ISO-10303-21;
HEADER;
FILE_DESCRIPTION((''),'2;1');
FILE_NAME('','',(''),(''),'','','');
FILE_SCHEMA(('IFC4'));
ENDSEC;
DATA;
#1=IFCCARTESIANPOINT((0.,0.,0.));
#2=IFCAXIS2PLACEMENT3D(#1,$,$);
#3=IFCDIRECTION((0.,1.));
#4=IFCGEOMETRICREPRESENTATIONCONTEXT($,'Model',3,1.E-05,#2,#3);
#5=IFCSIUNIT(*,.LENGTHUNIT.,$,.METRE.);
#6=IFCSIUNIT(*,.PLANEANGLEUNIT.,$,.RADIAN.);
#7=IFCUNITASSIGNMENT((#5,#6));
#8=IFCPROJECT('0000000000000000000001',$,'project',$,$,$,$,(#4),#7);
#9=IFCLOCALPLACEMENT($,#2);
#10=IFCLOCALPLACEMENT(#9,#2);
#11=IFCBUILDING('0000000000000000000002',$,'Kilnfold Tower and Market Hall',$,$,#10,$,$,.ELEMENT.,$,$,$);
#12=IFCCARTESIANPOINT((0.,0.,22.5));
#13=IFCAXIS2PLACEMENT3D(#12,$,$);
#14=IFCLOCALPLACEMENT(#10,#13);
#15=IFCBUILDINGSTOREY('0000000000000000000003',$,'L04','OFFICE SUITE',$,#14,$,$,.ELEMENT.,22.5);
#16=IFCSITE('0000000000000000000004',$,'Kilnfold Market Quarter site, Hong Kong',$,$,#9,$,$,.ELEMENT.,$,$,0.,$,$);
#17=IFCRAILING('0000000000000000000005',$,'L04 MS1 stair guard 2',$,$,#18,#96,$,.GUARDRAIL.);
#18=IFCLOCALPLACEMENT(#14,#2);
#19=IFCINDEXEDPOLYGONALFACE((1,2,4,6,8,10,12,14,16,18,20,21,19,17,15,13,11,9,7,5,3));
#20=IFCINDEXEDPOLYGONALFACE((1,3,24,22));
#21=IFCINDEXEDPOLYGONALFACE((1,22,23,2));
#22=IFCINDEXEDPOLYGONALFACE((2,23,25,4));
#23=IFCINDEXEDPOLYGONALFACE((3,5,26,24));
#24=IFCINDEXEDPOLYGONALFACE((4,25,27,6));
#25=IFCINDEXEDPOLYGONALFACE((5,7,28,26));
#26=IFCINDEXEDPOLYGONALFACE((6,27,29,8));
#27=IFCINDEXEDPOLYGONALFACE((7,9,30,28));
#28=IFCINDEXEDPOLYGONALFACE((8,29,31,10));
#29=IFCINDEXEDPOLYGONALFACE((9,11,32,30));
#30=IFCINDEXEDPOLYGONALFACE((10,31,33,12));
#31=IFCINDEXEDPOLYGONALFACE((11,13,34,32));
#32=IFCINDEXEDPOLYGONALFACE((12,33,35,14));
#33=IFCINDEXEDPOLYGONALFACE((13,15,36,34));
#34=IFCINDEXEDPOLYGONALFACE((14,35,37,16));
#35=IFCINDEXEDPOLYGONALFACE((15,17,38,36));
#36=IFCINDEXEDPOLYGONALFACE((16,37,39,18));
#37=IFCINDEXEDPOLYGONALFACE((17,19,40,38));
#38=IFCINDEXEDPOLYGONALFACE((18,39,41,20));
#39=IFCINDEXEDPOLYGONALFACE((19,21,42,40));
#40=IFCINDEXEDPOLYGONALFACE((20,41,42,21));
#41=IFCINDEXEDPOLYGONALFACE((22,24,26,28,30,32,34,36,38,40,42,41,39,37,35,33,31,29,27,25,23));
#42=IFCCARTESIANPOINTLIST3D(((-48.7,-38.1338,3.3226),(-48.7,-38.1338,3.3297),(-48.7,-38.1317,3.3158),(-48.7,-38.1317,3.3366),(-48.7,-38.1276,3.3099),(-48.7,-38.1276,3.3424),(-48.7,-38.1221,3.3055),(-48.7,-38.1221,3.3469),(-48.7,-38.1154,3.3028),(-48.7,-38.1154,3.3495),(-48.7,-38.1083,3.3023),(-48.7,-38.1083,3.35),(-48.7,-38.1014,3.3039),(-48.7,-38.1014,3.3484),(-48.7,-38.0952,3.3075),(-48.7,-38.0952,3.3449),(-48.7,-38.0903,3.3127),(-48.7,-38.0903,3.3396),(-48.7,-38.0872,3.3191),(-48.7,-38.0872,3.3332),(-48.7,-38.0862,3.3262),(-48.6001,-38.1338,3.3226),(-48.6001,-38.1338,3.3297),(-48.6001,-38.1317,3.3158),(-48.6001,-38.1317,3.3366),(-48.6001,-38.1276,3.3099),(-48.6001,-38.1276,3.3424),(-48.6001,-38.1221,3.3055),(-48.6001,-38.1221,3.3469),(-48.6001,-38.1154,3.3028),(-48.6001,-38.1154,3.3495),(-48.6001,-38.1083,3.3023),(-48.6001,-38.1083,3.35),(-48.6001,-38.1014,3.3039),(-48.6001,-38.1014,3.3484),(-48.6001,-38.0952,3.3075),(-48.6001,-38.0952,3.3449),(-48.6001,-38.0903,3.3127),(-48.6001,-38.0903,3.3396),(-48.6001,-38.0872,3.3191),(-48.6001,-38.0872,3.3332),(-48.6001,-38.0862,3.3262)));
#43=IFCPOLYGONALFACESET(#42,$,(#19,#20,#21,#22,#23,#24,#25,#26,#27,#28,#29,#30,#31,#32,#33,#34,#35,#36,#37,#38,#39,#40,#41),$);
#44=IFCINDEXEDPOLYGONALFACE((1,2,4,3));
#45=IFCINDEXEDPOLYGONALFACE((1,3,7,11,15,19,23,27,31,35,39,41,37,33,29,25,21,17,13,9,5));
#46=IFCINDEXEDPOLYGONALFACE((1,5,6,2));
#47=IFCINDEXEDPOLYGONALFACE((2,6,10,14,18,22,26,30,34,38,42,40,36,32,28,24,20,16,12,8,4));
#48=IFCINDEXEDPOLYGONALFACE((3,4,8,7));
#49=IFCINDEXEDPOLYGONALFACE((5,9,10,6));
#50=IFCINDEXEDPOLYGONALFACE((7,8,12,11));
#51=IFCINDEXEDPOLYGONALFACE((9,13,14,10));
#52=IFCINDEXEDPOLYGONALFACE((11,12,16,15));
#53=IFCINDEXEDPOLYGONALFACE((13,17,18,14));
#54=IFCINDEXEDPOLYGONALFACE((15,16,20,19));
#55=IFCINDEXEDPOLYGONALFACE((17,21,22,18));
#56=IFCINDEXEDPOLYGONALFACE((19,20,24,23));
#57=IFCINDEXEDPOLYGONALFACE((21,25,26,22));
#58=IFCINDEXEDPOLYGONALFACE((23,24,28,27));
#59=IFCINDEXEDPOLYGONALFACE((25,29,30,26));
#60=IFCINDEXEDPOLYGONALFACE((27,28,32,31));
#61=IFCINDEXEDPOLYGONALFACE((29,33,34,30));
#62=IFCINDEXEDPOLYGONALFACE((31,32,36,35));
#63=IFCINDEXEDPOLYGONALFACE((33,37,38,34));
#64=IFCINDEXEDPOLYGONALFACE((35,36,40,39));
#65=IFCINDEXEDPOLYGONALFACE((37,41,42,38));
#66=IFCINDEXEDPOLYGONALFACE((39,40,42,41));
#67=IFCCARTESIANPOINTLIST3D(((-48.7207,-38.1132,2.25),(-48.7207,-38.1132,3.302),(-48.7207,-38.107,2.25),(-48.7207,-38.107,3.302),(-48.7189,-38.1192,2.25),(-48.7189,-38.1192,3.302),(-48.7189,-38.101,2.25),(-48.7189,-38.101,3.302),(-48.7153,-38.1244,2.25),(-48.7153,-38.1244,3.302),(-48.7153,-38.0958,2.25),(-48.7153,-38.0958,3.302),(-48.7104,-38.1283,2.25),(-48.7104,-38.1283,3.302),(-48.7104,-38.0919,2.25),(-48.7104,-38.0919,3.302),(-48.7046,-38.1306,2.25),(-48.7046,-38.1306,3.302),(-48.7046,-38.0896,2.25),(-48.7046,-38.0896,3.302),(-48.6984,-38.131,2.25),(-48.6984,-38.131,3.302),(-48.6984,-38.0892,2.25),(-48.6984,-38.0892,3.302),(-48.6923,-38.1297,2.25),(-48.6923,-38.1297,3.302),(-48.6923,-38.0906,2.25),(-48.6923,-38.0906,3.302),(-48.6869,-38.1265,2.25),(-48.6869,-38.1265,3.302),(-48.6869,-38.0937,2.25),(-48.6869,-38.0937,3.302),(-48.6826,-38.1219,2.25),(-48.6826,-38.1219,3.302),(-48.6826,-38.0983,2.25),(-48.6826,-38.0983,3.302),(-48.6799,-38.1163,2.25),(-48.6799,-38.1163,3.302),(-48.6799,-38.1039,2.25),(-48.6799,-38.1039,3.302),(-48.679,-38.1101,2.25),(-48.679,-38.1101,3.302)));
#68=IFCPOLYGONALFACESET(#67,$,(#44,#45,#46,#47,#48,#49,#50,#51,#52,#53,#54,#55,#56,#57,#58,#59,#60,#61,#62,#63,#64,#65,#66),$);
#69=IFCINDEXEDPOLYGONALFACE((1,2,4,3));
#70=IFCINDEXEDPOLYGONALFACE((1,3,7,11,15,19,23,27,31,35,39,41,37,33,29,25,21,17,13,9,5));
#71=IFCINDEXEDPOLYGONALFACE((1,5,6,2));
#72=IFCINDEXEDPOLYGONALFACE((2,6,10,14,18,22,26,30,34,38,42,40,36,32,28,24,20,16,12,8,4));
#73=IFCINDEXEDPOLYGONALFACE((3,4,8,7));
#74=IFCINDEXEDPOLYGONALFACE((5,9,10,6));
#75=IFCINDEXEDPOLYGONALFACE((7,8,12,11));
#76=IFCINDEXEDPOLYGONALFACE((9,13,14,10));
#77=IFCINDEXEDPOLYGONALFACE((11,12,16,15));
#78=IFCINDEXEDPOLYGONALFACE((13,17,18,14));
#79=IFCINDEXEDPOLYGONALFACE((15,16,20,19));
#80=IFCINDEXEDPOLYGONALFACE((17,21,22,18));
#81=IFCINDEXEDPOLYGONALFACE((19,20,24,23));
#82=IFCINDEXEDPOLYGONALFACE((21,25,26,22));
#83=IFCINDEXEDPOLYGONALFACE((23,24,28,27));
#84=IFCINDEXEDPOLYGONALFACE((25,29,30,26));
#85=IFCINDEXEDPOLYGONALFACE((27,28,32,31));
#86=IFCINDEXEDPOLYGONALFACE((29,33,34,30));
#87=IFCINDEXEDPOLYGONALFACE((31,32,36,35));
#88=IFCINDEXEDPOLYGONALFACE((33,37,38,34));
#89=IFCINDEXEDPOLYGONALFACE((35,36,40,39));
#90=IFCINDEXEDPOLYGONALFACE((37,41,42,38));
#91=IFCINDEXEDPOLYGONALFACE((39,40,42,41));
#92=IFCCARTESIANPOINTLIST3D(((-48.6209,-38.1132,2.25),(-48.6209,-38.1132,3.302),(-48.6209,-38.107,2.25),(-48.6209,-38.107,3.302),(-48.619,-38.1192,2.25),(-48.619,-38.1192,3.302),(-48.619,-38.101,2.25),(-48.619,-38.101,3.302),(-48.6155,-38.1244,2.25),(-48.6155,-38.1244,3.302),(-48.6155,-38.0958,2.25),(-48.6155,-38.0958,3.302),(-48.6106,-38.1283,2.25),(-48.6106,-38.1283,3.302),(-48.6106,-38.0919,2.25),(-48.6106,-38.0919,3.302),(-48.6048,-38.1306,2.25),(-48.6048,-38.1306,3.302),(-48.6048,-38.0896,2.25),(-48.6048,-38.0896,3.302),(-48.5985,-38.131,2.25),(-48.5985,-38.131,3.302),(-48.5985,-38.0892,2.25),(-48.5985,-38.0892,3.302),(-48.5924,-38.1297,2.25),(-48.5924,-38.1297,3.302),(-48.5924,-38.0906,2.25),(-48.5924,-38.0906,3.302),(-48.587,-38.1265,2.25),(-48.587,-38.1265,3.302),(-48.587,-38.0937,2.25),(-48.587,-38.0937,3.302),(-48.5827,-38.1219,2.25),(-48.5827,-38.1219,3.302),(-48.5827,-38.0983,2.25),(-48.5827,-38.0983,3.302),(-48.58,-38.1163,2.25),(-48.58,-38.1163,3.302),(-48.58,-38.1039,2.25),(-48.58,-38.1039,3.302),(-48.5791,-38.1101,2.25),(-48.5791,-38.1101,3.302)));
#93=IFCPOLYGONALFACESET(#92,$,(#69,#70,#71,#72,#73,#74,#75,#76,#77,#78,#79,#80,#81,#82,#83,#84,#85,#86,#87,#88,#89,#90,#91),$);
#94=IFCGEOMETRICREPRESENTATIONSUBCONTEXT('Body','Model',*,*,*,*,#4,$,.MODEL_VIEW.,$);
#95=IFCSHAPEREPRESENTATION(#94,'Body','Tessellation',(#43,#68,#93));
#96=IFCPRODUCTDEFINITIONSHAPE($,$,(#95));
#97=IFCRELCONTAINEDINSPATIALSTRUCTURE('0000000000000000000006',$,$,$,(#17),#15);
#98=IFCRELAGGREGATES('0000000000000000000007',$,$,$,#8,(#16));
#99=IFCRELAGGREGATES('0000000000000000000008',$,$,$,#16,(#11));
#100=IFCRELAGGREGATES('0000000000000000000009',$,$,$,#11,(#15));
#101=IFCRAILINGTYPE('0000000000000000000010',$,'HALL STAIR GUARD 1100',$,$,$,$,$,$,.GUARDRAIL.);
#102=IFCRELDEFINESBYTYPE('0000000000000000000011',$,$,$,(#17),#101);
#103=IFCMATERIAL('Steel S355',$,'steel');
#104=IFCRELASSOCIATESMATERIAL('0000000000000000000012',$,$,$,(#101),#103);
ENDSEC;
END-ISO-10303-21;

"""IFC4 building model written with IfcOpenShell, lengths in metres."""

from ifc_helpers import new_model, si_unit, direction, frame, origin, origin_2d, place, context, subcontext, project, spatial, circle, extrude, material, type_object, element, save


model = new_model("IFC4")

# Units and contexts
model_context = context("Model", 3, precision=1e-05, world=origin(), true_north=direction((0.0, 1.0)))
body_context = subcontext(model_context, "Body", "Model", "MODEL_VIEW")
ifc_project = project(units=[si_unit("LENGTHUNIT", "METRE"), si_unit("PLANEANGLEUNIT", "RADIAN")], contexts=[model_context])

# Site, building, storey
site_placement = place(None, origin())
site = spatial("IfcSite", under=ifc_project, at=site_placement, Name="Kilnfold Market Quarter site, Hong Kong", CompositionType="ELEMENT", RefElevation=0.0)
building_placement = place(site_placement, origin())
building = spatial("IfcBuilding", under=site, at=building_placement, Name="Kilnfold Tower and Market Hall", CompositionType="ELEMENT")
storey_placement = place(building_placement, frame((0.0, 0.0, 22.5)))
storey = spatial("IfcBuildingStorey", under=building, at=storey_placement, Name="L04", Description="OFFICE SUITE", CompositionType="ELEMENT", Elevation=22.5)

# Railing
ifc_material_1 = material(Name="Steel S355", Category="steel")
railing_type_1 = type_object("IfcRailingType", Name="HALL STAIR GUARD 1100", PredefinedType="GUARDRAIL", material=ifc_material_1)
railing_1_placement = place(storey_placement, frame((-48.7, -38.1101, 2.25)))
element("IfcRailing", 1, at=railing_1_placement, inside=storey, type_object=railing_type_1, Name="L04 MS1 stair guard 2", PredefinedType="GUARDRAIL", context=body_context, shape_type="SweptSolid", body=[
    extrude(circle(Radius=0.0239, at=origin_2d()), frame((0.0, 0.0, 1.0762), z_axis=(1.0, 0.0, 0.0), x_axis=(0.0, 1.0, 0.0)), (0.0, 0.0, 1.0), 0.0999),
    extrude(circle(Radius=0.021, at=origin_2d()), origin(), (0.0, 0.0, 1.0), 1.052),
    extrude(circle(Radius=0.021, at=origin_2d()), frame((0.0999, 0.0, 0.0)), (0.0, 0.0, 1.0), 1.052),
])

save(model, "model.ifc")
